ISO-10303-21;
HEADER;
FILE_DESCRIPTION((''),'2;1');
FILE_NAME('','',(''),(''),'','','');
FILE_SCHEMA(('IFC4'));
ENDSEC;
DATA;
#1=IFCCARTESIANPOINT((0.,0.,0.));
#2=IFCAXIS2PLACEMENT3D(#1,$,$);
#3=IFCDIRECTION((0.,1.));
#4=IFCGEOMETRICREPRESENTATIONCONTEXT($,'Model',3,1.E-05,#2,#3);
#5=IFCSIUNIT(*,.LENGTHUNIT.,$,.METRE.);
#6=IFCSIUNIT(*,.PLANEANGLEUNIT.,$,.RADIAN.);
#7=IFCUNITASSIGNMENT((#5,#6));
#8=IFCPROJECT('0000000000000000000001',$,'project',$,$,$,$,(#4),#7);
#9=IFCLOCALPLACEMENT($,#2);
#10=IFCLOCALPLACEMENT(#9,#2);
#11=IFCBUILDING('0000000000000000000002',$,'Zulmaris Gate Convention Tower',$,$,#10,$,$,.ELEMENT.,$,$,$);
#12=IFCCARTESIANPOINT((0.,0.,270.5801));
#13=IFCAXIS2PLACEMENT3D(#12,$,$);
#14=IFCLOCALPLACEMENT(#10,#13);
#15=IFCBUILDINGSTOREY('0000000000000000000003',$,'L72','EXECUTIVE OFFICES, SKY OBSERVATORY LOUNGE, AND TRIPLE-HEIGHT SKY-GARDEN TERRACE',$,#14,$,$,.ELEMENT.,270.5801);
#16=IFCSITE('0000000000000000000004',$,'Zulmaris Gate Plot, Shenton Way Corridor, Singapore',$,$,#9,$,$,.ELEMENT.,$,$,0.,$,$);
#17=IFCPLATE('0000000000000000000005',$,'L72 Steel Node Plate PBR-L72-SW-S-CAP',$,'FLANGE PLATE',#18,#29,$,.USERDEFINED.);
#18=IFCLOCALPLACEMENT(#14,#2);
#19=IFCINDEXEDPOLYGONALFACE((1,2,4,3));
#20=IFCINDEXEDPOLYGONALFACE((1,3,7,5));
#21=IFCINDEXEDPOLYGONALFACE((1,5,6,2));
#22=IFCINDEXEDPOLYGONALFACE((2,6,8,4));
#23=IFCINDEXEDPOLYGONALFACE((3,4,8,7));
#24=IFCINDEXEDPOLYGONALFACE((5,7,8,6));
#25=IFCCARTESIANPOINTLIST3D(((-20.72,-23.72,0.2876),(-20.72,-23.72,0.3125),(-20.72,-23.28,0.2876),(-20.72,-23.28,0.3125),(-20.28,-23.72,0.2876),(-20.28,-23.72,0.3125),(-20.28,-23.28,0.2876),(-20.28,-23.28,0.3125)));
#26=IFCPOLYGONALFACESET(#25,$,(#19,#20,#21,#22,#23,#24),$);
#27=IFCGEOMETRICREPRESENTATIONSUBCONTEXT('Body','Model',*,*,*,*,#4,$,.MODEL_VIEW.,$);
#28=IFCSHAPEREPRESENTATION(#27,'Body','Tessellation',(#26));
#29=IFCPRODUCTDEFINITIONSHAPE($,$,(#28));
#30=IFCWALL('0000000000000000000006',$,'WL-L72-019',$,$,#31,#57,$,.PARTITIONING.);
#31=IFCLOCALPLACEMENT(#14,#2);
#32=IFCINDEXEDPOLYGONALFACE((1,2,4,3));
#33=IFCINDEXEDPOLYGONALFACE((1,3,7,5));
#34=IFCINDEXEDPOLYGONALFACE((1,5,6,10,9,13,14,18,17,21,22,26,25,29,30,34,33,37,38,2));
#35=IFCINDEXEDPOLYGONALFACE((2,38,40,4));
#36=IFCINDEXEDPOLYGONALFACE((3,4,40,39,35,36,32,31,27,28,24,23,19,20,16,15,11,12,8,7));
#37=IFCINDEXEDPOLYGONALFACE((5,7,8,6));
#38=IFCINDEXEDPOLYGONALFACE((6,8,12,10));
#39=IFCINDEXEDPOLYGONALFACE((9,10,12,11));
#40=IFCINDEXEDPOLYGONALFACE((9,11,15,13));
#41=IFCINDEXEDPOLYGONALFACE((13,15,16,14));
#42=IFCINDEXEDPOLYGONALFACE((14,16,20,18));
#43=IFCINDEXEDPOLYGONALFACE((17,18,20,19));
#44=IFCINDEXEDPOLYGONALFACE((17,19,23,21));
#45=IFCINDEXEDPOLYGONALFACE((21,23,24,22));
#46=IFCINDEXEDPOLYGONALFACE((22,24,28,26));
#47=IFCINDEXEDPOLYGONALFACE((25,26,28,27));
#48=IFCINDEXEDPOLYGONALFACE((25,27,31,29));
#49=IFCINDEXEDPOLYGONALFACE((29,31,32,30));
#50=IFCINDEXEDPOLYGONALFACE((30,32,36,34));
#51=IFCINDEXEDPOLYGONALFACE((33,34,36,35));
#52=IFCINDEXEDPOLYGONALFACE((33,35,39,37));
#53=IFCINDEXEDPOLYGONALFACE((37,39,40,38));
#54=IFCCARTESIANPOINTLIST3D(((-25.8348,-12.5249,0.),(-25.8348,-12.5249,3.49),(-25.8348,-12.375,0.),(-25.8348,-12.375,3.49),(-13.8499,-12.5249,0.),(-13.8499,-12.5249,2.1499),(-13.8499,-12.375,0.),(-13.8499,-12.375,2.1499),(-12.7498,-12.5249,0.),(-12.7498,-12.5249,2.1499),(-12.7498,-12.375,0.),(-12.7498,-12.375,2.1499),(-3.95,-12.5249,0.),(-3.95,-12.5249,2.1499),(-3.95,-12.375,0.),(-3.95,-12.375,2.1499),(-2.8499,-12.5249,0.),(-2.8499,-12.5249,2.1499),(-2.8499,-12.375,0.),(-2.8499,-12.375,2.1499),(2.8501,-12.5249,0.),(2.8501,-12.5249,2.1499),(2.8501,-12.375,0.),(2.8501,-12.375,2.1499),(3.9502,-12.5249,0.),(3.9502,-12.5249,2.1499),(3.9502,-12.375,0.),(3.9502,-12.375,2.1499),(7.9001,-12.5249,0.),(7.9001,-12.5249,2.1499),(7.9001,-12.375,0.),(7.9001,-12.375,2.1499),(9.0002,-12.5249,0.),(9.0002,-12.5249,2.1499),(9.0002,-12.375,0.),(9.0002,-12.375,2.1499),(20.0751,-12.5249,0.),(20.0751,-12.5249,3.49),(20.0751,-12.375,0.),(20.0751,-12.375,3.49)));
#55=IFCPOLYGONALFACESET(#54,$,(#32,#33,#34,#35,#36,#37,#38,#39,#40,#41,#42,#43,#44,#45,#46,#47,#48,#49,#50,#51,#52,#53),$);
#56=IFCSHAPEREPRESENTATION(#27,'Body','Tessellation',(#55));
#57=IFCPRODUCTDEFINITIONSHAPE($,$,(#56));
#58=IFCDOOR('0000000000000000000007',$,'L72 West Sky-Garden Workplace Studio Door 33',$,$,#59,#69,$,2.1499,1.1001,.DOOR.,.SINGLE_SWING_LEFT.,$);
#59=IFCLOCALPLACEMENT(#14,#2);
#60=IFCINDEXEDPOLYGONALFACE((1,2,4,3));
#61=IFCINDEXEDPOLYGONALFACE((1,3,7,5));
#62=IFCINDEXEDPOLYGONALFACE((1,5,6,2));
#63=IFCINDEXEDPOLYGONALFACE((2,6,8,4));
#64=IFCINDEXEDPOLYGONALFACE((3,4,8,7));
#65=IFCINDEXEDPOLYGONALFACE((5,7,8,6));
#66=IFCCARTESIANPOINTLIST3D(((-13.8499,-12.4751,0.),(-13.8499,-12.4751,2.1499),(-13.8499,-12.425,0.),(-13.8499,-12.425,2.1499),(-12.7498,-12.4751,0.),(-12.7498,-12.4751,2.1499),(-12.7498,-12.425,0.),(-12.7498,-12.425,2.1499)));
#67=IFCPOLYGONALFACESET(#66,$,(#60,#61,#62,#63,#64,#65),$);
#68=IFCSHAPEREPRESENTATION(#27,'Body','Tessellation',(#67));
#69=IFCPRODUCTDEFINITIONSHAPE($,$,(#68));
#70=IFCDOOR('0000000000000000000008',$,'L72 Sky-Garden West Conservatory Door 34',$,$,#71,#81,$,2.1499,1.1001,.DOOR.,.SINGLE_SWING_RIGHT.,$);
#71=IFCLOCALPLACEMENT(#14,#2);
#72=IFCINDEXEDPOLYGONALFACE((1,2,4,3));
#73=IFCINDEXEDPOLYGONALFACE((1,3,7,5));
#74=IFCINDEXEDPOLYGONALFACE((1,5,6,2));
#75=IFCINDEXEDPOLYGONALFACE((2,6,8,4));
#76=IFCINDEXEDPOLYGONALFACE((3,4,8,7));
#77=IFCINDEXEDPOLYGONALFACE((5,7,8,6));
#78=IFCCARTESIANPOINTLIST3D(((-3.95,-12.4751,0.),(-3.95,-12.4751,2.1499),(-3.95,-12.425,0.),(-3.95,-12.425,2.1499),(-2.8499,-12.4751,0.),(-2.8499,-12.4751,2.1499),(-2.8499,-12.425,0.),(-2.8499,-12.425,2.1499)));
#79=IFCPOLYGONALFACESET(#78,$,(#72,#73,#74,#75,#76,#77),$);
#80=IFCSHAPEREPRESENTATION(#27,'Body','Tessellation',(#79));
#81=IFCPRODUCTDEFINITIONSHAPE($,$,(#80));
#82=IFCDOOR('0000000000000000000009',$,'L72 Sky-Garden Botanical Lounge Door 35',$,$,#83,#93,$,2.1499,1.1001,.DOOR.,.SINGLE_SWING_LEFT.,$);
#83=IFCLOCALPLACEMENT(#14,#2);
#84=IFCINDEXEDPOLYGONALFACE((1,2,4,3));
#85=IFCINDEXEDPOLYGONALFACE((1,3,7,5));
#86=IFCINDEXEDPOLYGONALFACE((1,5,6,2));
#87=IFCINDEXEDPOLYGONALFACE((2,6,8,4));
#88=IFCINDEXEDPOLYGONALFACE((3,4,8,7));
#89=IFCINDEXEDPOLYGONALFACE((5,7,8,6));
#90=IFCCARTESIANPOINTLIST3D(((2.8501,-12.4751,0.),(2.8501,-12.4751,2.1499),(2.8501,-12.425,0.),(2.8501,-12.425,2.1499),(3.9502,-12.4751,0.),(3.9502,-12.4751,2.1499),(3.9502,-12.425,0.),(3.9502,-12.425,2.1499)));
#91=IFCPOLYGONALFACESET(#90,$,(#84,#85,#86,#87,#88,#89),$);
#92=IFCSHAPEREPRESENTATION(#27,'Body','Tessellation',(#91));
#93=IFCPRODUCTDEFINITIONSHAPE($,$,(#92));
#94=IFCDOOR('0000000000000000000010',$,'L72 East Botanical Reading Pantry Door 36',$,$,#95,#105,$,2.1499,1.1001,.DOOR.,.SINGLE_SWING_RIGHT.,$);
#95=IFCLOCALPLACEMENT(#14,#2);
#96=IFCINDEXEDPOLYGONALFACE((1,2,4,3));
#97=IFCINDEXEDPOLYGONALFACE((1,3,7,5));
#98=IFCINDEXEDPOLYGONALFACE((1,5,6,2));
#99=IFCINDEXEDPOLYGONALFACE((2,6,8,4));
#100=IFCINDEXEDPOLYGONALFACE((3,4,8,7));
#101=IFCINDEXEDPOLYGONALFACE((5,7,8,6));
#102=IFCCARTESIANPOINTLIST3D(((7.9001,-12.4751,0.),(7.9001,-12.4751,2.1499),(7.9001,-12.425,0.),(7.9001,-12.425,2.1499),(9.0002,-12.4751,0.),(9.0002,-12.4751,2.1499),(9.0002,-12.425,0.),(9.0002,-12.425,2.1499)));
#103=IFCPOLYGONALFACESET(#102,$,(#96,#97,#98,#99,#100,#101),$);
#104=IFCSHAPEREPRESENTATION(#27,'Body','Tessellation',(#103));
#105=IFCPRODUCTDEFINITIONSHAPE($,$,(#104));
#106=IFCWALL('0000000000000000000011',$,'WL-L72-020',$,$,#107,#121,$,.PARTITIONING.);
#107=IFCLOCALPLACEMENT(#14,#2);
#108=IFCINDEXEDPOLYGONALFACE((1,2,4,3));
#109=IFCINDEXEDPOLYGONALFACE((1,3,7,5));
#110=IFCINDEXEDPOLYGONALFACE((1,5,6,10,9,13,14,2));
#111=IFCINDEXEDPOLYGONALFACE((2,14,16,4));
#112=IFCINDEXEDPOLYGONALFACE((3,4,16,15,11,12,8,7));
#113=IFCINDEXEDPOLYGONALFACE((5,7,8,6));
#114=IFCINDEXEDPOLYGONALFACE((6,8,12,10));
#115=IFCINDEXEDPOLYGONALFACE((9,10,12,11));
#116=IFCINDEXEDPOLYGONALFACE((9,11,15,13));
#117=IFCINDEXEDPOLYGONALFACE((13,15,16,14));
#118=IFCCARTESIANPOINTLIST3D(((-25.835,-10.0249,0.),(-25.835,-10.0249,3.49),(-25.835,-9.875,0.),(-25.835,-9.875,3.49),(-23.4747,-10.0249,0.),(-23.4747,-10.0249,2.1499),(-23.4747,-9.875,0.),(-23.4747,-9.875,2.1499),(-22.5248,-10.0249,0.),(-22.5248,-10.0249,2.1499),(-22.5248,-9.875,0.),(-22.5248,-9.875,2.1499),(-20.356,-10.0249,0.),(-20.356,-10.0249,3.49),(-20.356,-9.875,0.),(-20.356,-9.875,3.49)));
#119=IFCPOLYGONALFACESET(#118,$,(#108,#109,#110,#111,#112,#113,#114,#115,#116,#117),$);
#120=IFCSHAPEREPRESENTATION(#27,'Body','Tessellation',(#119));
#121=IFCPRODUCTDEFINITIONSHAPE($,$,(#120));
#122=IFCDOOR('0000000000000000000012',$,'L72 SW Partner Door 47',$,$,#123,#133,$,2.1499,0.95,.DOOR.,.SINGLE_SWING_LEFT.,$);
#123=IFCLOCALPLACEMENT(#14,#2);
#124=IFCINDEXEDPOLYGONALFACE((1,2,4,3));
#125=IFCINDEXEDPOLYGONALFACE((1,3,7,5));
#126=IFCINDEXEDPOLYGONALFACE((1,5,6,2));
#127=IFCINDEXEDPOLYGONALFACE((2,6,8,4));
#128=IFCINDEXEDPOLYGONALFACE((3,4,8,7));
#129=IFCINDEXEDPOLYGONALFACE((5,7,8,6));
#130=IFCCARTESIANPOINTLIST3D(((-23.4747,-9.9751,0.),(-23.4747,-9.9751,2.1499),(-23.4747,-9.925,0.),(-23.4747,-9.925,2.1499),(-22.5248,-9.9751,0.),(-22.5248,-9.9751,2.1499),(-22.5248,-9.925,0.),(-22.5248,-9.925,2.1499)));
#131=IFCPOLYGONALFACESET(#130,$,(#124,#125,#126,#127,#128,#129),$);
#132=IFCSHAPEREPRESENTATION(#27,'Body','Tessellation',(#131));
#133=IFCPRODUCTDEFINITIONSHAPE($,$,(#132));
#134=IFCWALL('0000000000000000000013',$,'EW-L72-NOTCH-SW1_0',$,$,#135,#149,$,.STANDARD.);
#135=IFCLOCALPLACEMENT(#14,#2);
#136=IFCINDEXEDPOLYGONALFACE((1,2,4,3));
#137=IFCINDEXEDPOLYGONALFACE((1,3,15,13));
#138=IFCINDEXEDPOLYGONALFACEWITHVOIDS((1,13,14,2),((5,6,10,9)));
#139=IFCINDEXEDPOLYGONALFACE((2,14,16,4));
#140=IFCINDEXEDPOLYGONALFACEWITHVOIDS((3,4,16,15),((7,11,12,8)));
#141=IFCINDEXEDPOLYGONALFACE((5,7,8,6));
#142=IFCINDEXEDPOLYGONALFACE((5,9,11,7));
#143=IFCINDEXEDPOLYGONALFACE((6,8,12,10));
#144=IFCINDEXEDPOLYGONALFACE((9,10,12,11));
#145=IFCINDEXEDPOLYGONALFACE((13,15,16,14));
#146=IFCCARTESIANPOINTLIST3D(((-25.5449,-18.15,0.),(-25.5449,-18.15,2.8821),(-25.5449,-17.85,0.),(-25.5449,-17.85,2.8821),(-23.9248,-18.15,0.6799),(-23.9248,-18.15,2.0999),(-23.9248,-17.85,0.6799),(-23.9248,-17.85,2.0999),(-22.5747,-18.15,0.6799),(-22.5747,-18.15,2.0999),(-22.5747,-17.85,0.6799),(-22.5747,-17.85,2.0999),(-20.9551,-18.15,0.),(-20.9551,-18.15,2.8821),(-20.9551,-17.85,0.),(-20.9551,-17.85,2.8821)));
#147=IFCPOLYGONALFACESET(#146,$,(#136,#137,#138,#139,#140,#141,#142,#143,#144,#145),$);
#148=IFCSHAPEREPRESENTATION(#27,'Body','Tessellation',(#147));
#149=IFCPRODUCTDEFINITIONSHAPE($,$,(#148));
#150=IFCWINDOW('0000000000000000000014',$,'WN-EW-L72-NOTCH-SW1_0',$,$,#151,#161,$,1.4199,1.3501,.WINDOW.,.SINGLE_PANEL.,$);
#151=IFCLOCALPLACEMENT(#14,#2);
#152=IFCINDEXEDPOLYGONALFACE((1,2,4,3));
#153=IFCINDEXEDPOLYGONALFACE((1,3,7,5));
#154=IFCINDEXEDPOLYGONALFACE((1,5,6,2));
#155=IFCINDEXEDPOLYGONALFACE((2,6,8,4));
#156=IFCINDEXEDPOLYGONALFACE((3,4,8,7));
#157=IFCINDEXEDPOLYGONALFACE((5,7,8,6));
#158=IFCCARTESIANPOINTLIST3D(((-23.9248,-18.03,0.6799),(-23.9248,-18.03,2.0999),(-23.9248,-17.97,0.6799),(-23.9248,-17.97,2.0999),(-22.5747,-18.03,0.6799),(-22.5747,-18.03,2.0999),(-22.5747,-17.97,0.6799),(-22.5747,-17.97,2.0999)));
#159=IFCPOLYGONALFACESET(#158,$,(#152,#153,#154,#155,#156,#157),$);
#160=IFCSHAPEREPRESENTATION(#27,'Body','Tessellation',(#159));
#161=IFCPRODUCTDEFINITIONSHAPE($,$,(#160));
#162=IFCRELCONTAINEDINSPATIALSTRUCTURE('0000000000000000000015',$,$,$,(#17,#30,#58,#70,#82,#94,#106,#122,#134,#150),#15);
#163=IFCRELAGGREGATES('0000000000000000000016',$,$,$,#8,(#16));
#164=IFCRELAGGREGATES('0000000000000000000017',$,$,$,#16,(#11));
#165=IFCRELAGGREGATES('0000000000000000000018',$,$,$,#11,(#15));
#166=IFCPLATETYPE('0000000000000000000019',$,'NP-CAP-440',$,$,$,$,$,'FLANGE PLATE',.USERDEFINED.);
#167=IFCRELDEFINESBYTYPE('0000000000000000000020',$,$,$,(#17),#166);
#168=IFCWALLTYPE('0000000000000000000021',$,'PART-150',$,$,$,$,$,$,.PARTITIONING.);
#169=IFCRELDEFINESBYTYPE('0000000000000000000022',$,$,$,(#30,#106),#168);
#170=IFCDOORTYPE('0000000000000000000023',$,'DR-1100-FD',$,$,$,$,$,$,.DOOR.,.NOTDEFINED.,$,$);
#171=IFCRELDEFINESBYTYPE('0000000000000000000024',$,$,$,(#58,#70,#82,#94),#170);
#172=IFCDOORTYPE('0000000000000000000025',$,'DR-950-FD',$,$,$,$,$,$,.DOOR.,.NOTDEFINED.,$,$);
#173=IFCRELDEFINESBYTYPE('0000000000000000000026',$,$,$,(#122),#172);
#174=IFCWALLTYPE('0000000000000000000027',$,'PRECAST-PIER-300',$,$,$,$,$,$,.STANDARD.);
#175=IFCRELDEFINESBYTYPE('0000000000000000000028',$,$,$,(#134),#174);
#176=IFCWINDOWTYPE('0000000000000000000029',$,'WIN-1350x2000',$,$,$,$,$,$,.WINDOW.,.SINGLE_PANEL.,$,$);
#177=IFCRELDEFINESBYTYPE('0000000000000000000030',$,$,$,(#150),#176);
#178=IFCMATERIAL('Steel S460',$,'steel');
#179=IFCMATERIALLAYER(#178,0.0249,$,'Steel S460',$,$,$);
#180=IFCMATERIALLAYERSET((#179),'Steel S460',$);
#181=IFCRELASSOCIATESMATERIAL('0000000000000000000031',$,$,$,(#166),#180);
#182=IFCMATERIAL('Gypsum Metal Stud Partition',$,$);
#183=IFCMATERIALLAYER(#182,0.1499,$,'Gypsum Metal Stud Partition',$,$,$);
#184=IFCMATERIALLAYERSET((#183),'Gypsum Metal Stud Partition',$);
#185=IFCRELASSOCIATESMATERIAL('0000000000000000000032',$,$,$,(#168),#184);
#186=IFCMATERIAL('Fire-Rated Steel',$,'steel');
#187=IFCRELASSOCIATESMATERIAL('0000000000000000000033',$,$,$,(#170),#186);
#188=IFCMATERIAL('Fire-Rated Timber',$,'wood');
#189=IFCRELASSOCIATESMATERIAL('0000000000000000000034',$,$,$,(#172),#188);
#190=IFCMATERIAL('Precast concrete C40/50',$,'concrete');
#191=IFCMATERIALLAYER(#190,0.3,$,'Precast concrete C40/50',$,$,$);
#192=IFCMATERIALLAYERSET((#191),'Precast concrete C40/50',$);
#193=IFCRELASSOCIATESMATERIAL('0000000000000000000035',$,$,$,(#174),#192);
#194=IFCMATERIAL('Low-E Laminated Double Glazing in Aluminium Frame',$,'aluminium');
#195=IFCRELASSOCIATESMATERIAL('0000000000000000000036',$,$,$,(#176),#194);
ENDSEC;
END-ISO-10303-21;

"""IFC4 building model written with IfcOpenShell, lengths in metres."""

from ifc_helpers import new_model, si_unit, direction, frame, frame_2d, origin, origin_2d, place, context, subcontext, project, spatial, rectangle, extrude, material, layer, layer_set, type_object, element, fill, save


model = new_model("IFC4")

# Units and contexts
model_context = context("Model", 3, precision=1e-05, world=origin(), true_north=direction((0.0, 1.0)))
body_context = subcontext(model_context, "Body", "Model", "MODEL_VIEW")
ifc_project = project(units=[si_unit("LENGTHUNIT", "METRE"), si_unit("PLANEANGLEUNIT", "RADIAN")], contexts=[model_context])

# Site, building, storey
site_placement = place(None, origin())
site = spatial("IfcSite", under=ifc_project, at=site_placement, Name="Zulmaris Gate Plot, Shenton Way Corridor, Singapore", CompositionType="ELEMENT", RefElevation=0.0)
building_placement = place(site_placement, origin())
building = spatial("IfcBuilding", under=site, at=building_placement, Name="Zulmaris Gate Convention Tower", CompositionType="ELEMENT")
storey_placement = place(building_placement, frame((0.0, 0.0, 270.5801)))
storey = spatial("IfcBuildingStorey", under=building, at=storey_placement, Name="L72", Description="EXECUTIVE OFFICES, SKY OBSERVATORY LOUNGE, AND TRIPLE-HEIGHT SKY-GARDEN TERRACE", CompositionType="ELEMENT", Elevation=270.5801)

# Plate
ifc_material_1 = material(Name="Steel S460", Category="steel")
ifc_layer_1 = layer(ifc_material_1, 0.0249, Name="Steel S460")
ifc_layer_set_1 = layer_set([ifc_layer_1], Name="Steel S460")
plate_type = type_object("IfcPlateType", Name="NP-CAP-440", ElementType="FLANGE PLATE", PredefinedType="USERDEFINED", material=ifc_layer_set_1)
for number, where, z_axis, x_axis, name in (
    (1, (-20.5, -23.5, 0.2876), (0.0, 0.0, 1.0), (1.0, 0.0, 0.0), "L72 Steel Node Plate PBR-L72-SW-S-CAP"),
):
    element("IfcPlate", number, at=place(storey_placement, frame(where, z_axis=z_axis, x_axis=x_axis)), inside=storey, type_object=plate_type, Name=name, ObjectType="FLANGE PLATE", PredefinedType="USERDEFINED", context=body_context, shape_type="SweptSolid", body=[
        extrude(rectangle(XDim=0.4399, YDim=0.4399, at=origin_2d()), origin(), (0.0, 0.0, 1.0), 0.0249),
    ])

# Wall, openings, doors
ifc_material_2 = material(Name="Gypsum Metal Stud Partition")
ifc_layer_2 = layer(ifc_material_2, 0.1499, Name="Gypsum Metal Stud Partition")
ifc_layer_set_2 = layer_set([ifc_layer_2], Name="Gypsum Metal Stud Partition")
wall_type_1 = type_object("IfcWallType", Name="PART-150", PredefinedType="PARTITIONING", material=ifc_layer_set_2)
wall_1_placement = place(storey_placement, frame((-25.835, -12.45, 0.0), z_axis=(0.0, 0.0, 1.0), x_axis=(1.0, 0.0, 0.0)))
wall_1 = element("IfcWall", 2, at=wall_1_placement, inside=storey, type_object=wall_type_1, Name="WL-L72-019", PredefinedType="PARTITIONING", context=body_context, shape_type="SweptSolid", body=[
    extrude(rectangle(XDim=45.9099, YDim=0.1499, at=frame_2d((22.9551, 0.0))), origin(), (0.0, 0.0, 1.0), 3.49),
])
opening_1_placement = place(wall_1_placement, frame((11.9851, 0.0, 0.0)))
opening_1 = element("IfcOpeningElement", 3, at=opening_1_placement, cuts=wall_1, PredefinedType="OPENING", context=body_context, shape_type="SweptSolid", body=[
    extrude(rectangle(XDim=1.1001, YDim=2.1499, at=frame_2d((0.55, 1.075))), frame((0.0, 0.085, 0.0), z_axis=(0.0, -1.0, 0.0), x_axis=(1.0, 0.0, 0.0)), (0.0, 0.0, 1.0), 0.1699),
])
opening_2_placement = place(wall_1_placement, frame((21.885, 0.0, 0.0)))
opening_2 = element("IfcOpeningElement", 4, at=opening_2_placement, cuts=wall_1, PredefinedType="OPENING", context=body_context, shape_type="SweptSolid", body=[
    extrude(rectangle(XDim=1.1001, YDim=2.1499, at=frame_2d((0.55, 1.075))), frame((0.0, 0.085, 0.0), z_axis=(0.0, -1.0, 0.0), x_axis=(1.0, 0.0, 0.0)), (0.0, 0.0, 1.0), 0.1699),
])
opening_3_placement = place(wall_1_placement, frame((28.6851, 0.0, 0.0)))
opening_3 = element("IfcOpeningElement", 5, at=opening_3_placement, cuts=wall_1, PredefinedType="OPENING", context=body_context, shape_type="SweptSolid", body=[
    extrude(rectangle(XDim=1.1001, YDim=2.1499, at=frame_2d((0.55, 1.075))), frame((0.0, 0.085, 0.0), z_axis=(0.0, -1.0, 0.0), x_axis=(1.0, 0.0, 0.0)), (0.0, 0.0, 1.0), 0.1699),
])
opening_4_placement = place(wall_1_placement, frame((33.7351, 0.0, 0.0)))
opening_4 = element("IfcOpeningElement", 6, at=opening_4_placement, cuts=wall_1, PredefinedType="OPENING", context=body_context, shape_type="SweptSolid", body=[
    extrude(rectangle(XDim=1.1001, YDim=2.1499, at=frame_2d((0.55, 1.075))), frame((0.0, 0.085, 0.0), z_axis=(0.0, -1.0, 0.0), x_axis=(1.0, 0.0, 0.0)), (0.0, 0.0, 1.0), 0.1699),
])
ifc_material_3 = material(Name="Fire-Rated Steel", Category="steel")
door_type_1 = type_object("IfcDoorType", Name="DR-1100-FD", OperationType="NOTDEFINED", PredefinedType="DOOR", material=ifc_material_3)
door_1_placement = place(opening_1_placement, origin())
door_1 = element("IfcDoor", 7, at=door_1_placement, inside=storey, type_object=door_type_1, Name="L72 West Sky-Garden Workplace Studio Door 33", OperationType="SINGLE_SWING_LEFT", OverallHeight=2.1499, OverallWidth=1.1001, PredefinedType="DOOR", context=body_context, shape_type="SweptSolid", body=[
    extrude(rectangle(XDim=1.1001, YDim=2.1499, at=frame_2d((0.55, 1.075))), frame((0.0, 0.0249, 0.0), z_axis=(0.0, -1.0, 0.0), x_axis=(1.0, 0.0, 0.0)), (0.0, 0.0, 1.0), 0.05),
])
fill(opening_1, door_1)
door_2_placement = place(opening_2_placement, origin())
door_2 = element("IfcDoor", 8, at=door_2_placement, inside=storey, type_object=door_type_1, Name="L72 Sky-Garden West Conservatory Door 34", OperationType="SINGLE_SWING_RIGHT", OverallHeight=2.1499, OverallWidth=1.1001, PredefinedType="DOOR", context=body_context, shape_type="SweptSolid", body=[
    extrude(rectangle(XDim=1.1001, YDim=2.1499, at=frame_2d((0.55, 1.075))), frame((0.0, 0.0249, 0.0), z_axis=(0.0, -1.0, 0.0), x_axis=(1.0, 0.0, 0.0)), (0.0, 0.0, 1.0), 0.05),
])
fill(opening_2, door_2)
door_3_placement = place(opening_3_placement, origin())
door_3 = element("IfcDoor", 9, at=door_3_placement, inside=storey, type_object=door_type_1, Name="L72 Sky-Garden Botanical Lounge Door 35", OperationType="SINGLE_SWING_LEFT", OverallHeight=2.1499, OverallWidth=1.1001, PredefinedType="DOOR", context=body_context, shape_type="SweptSolid", body=[
    extrude(rectangle(XDim=1.1001, YDim=2.1499, at=frame_2d((0.55, 1.075))), frame((0.0, 0.0249, 0.0), z_axis=(0.0, -1.0, 0.0), x_axis=(1.0, 0.0, 0.0)), (0.0, 0.0, 1.0), 0.05),
])
fill(opening_3, door_3)
door_4_placement = place(opening_4_placement, origin())
door_4 = element("IfcDoor", 10, at=door_4_placement, inside=storey, type_object=door_type_1, Name="L72 East Botanical Reading Pantry Door 36", OperationType="SINGLE_SWING_RIGHT", OverallHeight=2.1499, OverallWidth=1.1001, PredefinedType="DOOR", context=body_context, shape_type="SweptSolid", body=[
    extrude(rectangle(XDim=1.1001, YDim=2.1499, at=frame_2d((0.55, 1.075))), frame((0.0, 0.0249, 0.0), z_axis=(0.0, -1.0, 0.0), x_axis=(1.0, 0.0, 0.0)), (0.0, 0.0, 1.0), 0.05),
])
fill(opening_4, door_4)

# Wall, opening, door
wall_2_placement = place(storey_placement, frame((-25.835, -9.95, 0.0), z_axis=(0.0, 0.0, 1.0), x_axis=(1.0, 0.0, 0.0)))
wall_2 = element("IfcWall", 11, at=wall_2_placement, inside=storey, type_object=wall_type_1, Name="WL-L72-020", PredefinedType="PARTITIONING", context=body_context, shape_type="SweptSolid", body=[
    extrude(rectangle(XDim=5.479, YDim=0.1499, at=frame_2d((2.7395, 0.0))), origin(), (0.0, 0.0, 1.0), 3.49),
])
opening_5_placement = place(wall_2_placement, frame((2.3601, 0.0, 0.0)))
opening_5 = element("IfcOpeningElement", 12, at=opening_5_placement, cuts=wall_2, PredefinedType="OPENING", context=body_context, shape_type="SweptSolid", body=[
    extrude(rectangle(XDim=0.95, YDim=2.1499, at=frame_2d((0.4751, 1.075))), frame((0.0, 0.085, 0.0), z_axis=(0.0, -1.0, 0.0), x_axis=(1.0, 0.0, 0.0)), (0.0, 0.0, 1.0), 0.1699),
])
ifc_material_4 = material(Name="Fire-Rated Timber", Category="wood")
door_type_2 = type_object("IfcDoorType", Name="DR-950-FD", OperationType="NOTDEFINED", PredefinedType="DOOR", material=ifc_material_4)
door_5_placement = place(opening_5_placement, origin())
door_5 = element("IfcDoor", 13, at=door_5_placement, inside=storey, type_object=door_type_2, Name="L72 SW Partner Door 47", OperationType="SINGLE_SWING_LEFT", OverallHeight=2.1499, OverallWidth=0.95, PredefinedType="DOOR", context=body_context, shape_type="SweptSolid", body=[
    extrude(rectangle(XDim=0.95, YDim=2.1499, at=frame_2d((0.4751, 1.075))), frame((0.0, 0.0249, 0.0), z_axis=(0.0, -1.0, 0.0), x_axis=(1.0, 0.0, 0.0)), (0.0, 0.0, 1.0), 0.05),
])
fill(opening_5, door_5)

# Wall, opening, window
ifc_material_5 = material(Name="Precast concrete C40/50", Category="concrete")
ifc_layer_3 = layer(ifc_material_5, 0.3, Name="Precast concrete C40/50")
ifc_layer_set_3 = layer_set([ifc_layer_3], Name="Precast concrete C40/50")
wall_type_2 = type_object("IfcWallType", Name="PRECAST-PIER-300", PredefinedType="STANDARD", material=ifc_layer_set_3)
wall_3_placement = place(storey_placement, frame((-25.5449, -18.0, 0.0), z_axis=(0.0, 0.0, 1.0), x_axis=(1.0, 0.0, 0.0)))
wall_3 = element("IfcWall", 14, at=wall_3_placement, inside=storey, type_object=wall_type_2, Name="EW-L72-NOTCH-SW1_0", PredefinedType="STANDARD", context=body_context, shape_type="SweptSolid", body=[
    extrude(rectangle(XDim=4.5898, YDim=0.3, at=frame_2d((2.2949, 0.0))), origin(), (0.0, 0.0, 1.0), 2.8821),
])
opening_6_placement = place(wall_3_placement, frame((1.6201, 0.0, 0.6799)))
opening_6 = element("IfcOpeningElement", 15, at=opening_6_placement, cuts=wall_3, PredefinedType="OPENING", context=body_context, shape_type="SweptSolid", body=[
    extrude(rectangle(XDim=1.3501, YDim=1.4199, at=frame_2d((0.675, 0.71))), frame((0.0, 0.1602, 0.0), z_axis=(0.0, -1.0, 0.0), x_axis=(1.0, 0.0, 0.0)), (0.0, 0.0, 1.0), 0.3201),
])
ifc_material_6 = material(Name="Low-E Laminated Double Glazing in Aluminium Frame", Category="aluminium")
window_type = type_object("IfcWindowType", Name="WIN-1350x2000", PartitioningType="SINGLE_PANEL", PredefinedType="WINDOW", material=ifc_material_6)
window_1_placement = place(opening_6_placement, origin())
window_1 = element("IfcWindow", 16, at=window_1_placement, inside=storey, type_object=window_type, Name="WN-EW-L72-NOTCH-SW1_0", OverallHeight=1.4199, OverallWidth=1.3501, PartitioningType="SINGLE_PANEL", PredefinedType="WINDOW", context=body_context, shape_type="SweptSolid", body=[
    extrude(rectangle(XDim=1.3501, YDim=1.4199, at=frame_2d((0.675, 0.71))), frame((0.0, 0.03, 0.0), z_axis=(0.0, -1.0, 0.0), x_axis=(1.0, 0.0, 0.0)), (0.0, 0.0, 1.0), 0.0601),
])
fill(opening_6, window_1)

save(model, "model.ifc")
